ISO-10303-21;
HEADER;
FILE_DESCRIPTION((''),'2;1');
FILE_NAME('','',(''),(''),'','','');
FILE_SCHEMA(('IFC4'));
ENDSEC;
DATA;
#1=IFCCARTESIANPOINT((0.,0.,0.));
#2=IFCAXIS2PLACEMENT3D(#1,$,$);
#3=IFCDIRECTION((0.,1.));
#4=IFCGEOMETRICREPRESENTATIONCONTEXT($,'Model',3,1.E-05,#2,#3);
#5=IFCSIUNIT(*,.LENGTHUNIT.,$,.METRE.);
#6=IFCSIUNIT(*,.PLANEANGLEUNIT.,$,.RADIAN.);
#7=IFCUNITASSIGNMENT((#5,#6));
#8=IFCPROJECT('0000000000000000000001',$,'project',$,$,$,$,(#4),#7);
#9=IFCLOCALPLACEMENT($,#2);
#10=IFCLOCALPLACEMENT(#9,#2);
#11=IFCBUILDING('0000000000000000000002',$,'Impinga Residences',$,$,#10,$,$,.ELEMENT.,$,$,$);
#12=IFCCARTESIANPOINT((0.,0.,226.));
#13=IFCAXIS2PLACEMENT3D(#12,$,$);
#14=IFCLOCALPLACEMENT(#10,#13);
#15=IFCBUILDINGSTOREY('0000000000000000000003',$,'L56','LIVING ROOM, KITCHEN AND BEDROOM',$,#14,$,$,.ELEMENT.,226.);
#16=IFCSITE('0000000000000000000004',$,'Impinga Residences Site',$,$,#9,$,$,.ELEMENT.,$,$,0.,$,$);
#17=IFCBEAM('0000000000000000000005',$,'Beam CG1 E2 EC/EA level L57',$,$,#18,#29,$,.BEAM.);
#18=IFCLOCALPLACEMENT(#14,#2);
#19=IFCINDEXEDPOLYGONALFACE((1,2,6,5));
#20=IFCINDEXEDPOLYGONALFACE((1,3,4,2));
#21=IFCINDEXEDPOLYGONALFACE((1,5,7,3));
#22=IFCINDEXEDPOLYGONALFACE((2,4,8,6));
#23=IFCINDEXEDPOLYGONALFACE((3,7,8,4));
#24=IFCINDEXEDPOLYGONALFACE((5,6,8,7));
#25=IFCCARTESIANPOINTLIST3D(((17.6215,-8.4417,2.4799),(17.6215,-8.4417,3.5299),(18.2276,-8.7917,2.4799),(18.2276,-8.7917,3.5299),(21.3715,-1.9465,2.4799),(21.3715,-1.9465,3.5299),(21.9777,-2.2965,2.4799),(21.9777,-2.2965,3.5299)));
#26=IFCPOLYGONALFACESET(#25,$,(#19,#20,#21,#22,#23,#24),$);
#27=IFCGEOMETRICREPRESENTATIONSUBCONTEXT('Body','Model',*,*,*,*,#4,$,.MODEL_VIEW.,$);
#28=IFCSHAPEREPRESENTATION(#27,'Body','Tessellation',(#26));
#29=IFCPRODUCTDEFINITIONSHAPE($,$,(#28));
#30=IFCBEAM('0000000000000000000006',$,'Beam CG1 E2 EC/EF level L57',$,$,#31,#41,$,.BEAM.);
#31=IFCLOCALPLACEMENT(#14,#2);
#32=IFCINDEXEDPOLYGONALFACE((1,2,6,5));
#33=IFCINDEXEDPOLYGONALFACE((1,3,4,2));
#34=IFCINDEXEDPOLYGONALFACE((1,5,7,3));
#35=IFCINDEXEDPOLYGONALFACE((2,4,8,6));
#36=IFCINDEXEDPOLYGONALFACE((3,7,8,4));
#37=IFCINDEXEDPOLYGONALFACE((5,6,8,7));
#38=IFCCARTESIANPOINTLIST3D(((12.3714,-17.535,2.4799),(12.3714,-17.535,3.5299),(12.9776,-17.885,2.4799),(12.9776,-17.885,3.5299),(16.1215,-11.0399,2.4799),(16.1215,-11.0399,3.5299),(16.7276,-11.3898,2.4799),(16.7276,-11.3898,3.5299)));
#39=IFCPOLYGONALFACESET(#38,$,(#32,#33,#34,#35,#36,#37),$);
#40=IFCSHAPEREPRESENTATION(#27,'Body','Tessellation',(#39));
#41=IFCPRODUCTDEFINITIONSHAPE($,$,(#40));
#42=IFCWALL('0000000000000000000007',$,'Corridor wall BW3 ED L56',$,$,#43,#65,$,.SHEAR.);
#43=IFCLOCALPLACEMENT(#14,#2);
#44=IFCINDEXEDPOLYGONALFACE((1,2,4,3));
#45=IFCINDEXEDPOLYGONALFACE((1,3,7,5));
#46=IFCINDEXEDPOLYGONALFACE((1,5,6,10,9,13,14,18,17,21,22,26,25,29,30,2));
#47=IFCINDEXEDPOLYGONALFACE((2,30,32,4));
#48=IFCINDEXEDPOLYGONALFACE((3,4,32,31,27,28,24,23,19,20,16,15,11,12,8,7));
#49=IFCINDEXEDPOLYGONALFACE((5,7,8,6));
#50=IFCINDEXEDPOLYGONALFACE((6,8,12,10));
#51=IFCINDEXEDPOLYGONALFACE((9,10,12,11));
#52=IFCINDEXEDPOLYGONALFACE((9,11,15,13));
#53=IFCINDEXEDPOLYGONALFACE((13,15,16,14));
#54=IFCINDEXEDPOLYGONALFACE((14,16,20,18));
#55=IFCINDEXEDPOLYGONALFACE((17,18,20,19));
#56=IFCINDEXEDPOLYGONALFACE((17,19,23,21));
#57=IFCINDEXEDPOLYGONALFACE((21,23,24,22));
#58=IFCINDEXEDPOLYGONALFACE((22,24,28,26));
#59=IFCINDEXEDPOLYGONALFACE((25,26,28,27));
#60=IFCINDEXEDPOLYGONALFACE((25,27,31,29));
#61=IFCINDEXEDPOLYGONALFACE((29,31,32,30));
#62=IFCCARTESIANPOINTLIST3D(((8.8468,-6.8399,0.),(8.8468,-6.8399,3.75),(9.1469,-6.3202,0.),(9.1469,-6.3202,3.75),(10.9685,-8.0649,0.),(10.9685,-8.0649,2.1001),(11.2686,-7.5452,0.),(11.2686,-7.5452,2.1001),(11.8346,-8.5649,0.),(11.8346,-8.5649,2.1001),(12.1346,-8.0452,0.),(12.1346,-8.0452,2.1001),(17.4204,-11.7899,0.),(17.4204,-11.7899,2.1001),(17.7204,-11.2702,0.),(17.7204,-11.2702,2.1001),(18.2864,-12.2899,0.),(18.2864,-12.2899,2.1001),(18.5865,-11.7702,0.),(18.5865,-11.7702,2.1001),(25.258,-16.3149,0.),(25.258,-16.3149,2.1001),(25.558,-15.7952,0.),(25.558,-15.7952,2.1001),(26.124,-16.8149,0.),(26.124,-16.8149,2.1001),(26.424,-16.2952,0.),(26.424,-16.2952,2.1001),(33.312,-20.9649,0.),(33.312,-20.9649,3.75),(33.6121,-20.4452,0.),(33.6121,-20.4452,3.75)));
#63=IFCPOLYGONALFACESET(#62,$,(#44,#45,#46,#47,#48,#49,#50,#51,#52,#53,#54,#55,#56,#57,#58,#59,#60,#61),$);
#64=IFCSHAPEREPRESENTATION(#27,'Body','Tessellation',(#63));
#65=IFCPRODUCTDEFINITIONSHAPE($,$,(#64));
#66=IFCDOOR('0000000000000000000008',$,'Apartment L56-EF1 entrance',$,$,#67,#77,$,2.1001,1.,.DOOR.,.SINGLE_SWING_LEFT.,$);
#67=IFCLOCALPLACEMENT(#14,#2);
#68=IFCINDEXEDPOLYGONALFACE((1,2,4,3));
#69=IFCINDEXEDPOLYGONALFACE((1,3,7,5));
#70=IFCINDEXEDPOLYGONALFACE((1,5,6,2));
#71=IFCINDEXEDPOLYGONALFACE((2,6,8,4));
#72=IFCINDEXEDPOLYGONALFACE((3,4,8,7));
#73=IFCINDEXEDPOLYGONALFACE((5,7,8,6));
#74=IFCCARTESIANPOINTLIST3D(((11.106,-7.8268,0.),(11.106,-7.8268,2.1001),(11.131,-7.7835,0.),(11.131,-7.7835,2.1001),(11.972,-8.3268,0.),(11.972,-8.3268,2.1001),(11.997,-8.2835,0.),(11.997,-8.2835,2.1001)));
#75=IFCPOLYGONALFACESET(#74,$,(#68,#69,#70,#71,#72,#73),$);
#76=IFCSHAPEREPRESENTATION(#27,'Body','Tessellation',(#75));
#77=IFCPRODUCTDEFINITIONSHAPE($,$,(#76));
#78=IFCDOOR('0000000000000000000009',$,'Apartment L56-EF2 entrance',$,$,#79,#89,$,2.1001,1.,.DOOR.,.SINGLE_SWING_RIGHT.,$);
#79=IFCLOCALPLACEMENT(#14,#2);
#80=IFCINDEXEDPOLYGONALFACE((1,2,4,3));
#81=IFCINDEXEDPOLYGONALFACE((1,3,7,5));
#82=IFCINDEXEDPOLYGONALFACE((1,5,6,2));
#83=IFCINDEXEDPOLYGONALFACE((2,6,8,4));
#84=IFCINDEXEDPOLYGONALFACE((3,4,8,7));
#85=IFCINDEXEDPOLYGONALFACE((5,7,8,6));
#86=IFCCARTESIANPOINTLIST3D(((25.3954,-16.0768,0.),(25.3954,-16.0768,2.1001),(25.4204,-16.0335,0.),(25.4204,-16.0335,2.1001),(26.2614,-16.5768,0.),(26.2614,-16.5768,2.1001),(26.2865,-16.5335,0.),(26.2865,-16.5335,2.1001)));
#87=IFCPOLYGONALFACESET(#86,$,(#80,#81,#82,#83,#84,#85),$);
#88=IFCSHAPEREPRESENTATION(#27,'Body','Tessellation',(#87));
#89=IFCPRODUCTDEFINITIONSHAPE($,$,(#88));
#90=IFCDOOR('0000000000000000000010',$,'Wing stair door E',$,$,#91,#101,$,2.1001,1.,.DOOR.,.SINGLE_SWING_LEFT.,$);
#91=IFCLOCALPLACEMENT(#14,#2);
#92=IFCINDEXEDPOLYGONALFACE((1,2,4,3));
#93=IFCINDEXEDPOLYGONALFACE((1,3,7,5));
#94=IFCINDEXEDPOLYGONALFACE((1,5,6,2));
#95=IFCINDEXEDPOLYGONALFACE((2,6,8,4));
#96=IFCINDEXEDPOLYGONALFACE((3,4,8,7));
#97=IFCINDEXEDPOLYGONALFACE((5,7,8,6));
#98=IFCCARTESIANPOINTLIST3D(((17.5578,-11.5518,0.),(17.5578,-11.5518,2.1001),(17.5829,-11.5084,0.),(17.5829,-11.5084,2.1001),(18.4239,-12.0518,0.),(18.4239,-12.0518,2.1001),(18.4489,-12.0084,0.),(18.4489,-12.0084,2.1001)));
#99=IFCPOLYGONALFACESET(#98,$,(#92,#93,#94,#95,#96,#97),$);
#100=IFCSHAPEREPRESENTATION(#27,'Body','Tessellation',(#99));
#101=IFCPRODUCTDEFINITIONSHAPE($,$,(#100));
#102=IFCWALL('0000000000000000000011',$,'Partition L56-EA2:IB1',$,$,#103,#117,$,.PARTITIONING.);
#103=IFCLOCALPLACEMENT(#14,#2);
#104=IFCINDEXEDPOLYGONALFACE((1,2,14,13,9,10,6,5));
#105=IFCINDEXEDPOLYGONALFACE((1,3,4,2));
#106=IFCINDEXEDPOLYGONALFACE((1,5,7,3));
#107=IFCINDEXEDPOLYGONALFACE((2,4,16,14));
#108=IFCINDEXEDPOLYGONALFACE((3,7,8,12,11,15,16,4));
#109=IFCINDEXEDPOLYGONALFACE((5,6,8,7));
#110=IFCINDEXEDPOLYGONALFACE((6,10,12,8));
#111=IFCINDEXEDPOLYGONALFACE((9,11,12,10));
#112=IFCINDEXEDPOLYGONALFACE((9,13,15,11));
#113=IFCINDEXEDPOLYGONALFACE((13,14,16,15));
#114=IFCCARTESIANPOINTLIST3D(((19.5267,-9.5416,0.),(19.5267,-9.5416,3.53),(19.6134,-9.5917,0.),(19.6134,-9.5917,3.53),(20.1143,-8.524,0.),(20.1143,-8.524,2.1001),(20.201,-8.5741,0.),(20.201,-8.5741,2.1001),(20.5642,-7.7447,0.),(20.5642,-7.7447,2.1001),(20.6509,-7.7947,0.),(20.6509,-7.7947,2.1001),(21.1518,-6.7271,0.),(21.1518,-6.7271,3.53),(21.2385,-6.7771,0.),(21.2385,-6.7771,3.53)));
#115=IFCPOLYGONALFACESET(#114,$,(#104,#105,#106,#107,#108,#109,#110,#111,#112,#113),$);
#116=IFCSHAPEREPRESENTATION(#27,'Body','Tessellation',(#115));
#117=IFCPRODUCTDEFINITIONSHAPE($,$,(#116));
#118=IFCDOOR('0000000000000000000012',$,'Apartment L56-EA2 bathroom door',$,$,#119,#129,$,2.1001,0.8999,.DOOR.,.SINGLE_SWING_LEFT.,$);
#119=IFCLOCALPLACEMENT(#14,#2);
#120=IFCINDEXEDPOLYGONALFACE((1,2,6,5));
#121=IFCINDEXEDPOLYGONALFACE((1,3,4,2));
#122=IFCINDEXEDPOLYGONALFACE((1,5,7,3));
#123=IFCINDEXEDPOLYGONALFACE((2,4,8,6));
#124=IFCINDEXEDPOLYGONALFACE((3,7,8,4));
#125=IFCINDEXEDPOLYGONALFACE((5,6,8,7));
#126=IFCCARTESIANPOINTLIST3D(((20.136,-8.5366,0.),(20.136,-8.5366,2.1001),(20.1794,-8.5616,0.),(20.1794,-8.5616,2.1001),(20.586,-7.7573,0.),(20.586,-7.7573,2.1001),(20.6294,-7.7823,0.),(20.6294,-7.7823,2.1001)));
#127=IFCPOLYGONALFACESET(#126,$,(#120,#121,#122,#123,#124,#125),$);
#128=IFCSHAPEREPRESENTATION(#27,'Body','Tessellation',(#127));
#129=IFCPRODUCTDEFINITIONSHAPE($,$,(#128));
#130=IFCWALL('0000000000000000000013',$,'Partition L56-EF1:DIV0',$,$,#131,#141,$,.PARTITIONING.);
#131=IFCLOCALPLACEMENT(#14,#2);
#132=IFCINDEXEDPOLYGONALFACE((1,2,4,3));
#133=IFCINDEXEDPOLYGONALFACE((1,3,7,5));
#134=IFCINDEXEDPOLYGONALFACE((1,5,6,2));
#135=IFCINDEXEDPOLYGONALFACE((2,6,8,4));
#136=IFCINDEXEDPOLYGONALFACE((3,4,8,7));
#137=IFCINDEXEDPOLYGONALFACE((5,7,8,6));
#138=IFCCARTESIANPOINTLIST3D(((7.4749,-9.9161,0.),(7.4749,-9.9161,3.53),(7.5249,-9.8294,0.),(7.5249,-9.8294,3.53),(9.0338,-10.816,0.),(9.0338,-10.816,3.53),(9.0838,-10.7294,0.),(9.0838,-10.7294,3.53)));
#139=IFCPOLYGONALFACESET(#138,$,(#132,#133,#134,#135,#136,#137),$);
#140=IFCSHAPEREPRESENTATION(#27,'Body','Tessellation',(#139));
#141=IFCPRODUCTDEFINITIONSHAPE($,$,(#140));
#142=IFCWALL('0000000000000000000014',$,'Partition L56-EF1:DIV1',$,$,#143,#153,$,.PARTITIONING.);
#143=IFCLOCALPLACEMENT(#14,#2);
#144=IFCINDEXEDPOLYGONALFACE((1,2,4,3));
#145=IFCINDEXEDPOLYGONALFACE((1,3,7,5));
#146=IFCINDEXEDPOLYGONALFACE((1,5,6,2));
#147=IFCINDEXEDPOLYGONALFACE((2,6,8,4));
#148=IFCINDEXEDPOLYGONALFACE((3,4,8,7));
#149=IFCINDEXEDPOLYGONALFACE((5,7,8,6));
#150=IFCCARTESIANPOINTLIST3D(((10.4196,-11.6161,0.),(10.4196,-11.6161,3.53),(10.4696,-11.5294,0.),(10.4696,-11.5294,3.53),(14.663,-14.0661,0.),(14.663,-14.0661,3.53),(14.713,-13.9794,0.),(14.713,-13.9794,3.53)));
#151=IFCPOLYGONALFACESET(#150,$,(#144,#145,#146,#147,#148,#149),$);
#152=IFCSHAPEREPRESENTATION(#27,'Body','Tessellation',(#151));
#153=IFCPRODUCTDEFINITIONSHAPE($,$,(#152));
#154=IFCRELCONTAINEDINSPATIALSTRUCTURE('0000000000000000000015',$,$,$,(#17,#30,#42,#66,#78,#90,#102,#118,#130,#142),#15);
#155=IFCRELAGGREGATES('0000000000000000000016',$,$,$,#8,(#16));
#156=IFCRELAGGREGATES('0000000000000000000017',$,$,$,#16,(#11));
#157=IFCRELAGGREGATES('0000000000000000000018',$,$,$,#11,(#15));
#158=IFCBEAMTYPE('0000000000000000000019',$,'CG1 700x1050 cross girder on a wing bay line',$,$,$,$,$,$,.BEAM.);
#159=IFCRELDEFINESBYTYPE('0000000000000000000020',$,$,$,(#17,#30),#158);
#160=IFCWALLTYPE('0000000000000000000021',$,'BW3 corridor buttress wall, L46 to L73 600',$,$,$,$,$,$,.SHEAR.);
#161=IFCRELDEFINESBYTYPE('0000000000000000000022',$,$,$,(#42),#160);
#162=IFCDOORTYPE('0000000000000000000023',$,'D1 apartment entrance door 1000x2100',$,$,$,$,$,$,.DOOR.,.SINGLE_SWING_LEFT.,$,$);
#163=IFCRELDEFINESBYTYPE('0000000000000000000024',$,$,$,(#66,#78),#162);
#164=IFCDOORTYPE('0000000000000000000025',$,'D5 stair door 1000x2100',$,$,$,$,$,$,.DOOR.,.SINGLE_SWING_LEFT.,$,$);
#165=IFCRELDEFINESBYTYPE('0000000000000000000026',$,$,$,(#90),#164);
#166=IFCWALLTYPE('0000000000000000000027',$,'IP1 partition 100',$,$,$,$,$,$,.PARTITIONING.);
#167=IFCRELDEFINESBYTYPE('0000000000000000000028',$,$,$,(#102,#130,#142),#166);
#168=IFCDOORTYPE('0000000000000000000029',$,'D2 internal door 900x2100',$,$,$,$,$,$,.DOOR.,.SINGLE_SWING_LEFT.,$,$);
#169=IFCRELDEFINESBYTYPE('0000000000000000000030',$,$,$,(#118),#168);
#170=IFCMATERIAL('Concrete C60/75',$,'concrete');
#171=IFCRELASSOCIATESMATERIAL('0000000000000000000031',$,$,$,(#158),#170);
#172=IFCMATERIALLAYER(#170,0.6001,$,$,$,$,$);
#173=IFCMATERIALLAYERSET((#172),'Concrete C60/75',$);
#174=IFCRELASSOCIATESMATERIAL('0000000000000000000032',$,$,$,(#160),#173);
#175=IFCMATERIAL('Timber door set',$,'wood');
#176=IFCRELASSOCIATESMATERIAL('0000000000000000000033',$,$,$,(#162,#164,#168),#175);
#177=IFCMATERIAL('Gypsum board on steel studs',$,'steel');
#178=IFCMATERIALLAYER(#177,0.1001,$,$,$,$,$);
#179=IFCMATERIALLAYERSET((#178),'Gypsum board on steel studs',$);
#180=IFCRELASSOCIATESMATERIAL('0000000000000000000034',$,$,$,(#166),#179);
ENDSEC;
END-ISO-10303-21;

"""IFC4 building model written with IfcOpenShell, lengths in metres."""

from ifc_helpers import new_model, si_unit, direction, frame, frame_2d, origin, origin_2d, place, context, subcontext, project, spatial, rectangle, extrude, material, layer, layer_set, material_profile, profile_set, type_object, element, fill, save


model = new_model("IFC4")

# Units and contexts
model_context = context("Model", 3, precision=1e-05, world=origin(), true_north=direction((0.0, 1.0)))
body_context = subcontext(model_context, "Body", "Model", "MODEL_VIEW")
ifc_project = project(units=[si_unit("LENGTHUNIT", "METRE"), si_unit("PLANEANGLEUNIT", "RADIAN")], contexts=[model_context])

# Site, building, storey
site_placement = place(None, origin())
site = spatial("IfcSite", under=ifc_project, at=site_placement, Name="Impinga Residences Site", CompositionType="ELEMENT", RefElevation=0.0)
building_placement = place(site_placement, origin())
building = spatial("IfcBuilding", under=site, at=building_placement, Name="Impinga Residences", CompositionType="ELEMENT")
storey_placement = place(building_placement, frame((0.0, 0.0, 226.0)))
storey = spatial("IfcBuildingStorey", under=building, at=storey_placement, Name="L56", Description="LIVING ROOM, KITCHEN AND BEDROOM", CompositionType="ELEMENT", Elevation=226.0)

# Beams
ifc_material_1 = material(Name="Concrete C60/75", Category="concrete")
ifc_material_profile = material_profile(ifc_material_1, rectangle(XDim=0.7, YDim=1.05, at=origin_2d()), Name="RC 700x1050")
ifc_profile_set = profile_set([ifc_material_profile], Name="Concrete C60/75")
beam_type = type_object("IfcBeamType", Name="CG1 700x1050 cross girder on a wing bay line", PredefinedType="BEAM", material=ifc_profile_set)
for number, where, z_axis, x_axis, name in (
    (1, (17.9246, -8.6167, 3.0049), (0.500004, 0.866023, 0.0), (-0.866023, 0.500004, 0.0), "Beam CG1 E2 EC/EA level L57"),
    (2, (16.4246, -11.2148, 3.0049), (-0.500004, -0.866023, 0.0), (0.866023, -0.500004, 0.0), "Beam CG1 E2 EC/EF level L57"),
):
    element("IfcBeam", number, at=place(storey_placement, frame(where, z_axis=z_axis, x_axis=x_axis)), inside=storey, type_object=beam_type, Name=name, PredefinedType="BEAM", context=body_context, shape_type="SweptSolid", body=[
        extrude(rectangle(XDim=0.7, YDim=1.05, at=origin_2d()), origin(), (0.0, 0.0, 1.0), 7.5),
    ])

# Wall, openings, doors
ifc_layer_1 = layer(ifc_material_1, 0.6001)
ifc_layer_set_1 = layer_set([ifc_layer_1], Name="Concrete C60/75")
wall_type_1 = type_object("IfcWallType", Name="BW3 corridor buttress wall, L46 to L73 600", PredefinedType="SHEAR", material=ifc_layer_set_1)
wall_1_placement = place(storey_placement, frame((8.9968, -6.5801, 0.0), z_axis=(0.0, 0.0, 1.0), x_axis=(0.866026, -0.499998, 0.0)))
wall_1 = element("IfcWall", 3, at=wall_1_placement, inside=storey, type_object=wall_type_1, Name="Corridor wall BW3 ED L56", PredefinedType="SHEAR", context=body_context, shape_type="SweptSolid", body=[
    extrude(rectangle(XDim=28.25, YDim=0.6001, at=frame_2d((14.125, 0.0))), origin(), (0.0, 0.0, 1.0), 3.75),
])
opening_1_placement = place(wall_1_placement, frame((9.8999, 0.0, 0.0)))
opening_1 = element("IfcOpeningElement", 4, at=opening_1_placement, cuts=wall_1, PredefinedType="OPENING", context=body_context, shape_type="SweptSolid", body=[
    extrude(rectangle(XDim=1.0, YDim=2.1001, at=frame_2d((0.5, 1.05))), frame((0.0, 0.3101, 0.0), z_axis=(0.0, -1.0, 0.0), x_axis=(1.0, 0.0, 0.0)), (0.0, 0.0, 1.0), 0.6201),
])
opening_2_placement = place(wall_1_placement, frame((2.45, 0.0, 0.0)))
opening_2 = element("IfcOpeningElement", 5, at=opening_2_placement, cuts=wall_1, PredefinedType="OPENING", context=body_context, shape_type="SweptSolid", body=[
    extrude(rectangle(XDim=1.0, YDim=2.1001, at=frame_2d((0.5, 1.05))), frame((0.0, 0.3101, 0.0), z_axis=(0.0, -1.0, 0.0), x_axis=(1.0, 0.0, 0.0)), (0.0, 0.0, 1.0), 0.6201),
])
opening_3_placement = place(wall_1_placement, frame((18.95, 0.0, 0.0)))
opening_3 = element("IfcOpeningElement", 6, at=opening_3_placement, cuts=wall_1, PredefinedType="OPENING", context=body_context, shape_type="SweptSolid", body=[
    extrude(rectangle(XDim=1.0, YDim=2.1001, at=frame_2d((0.5, 1.05))), frame((0.0, 0.3101, 0.0), z_axis=(0.0, -1.0, 0.0), x_axis=(1.0, 0.0, 0.0)), (0.0, 0.0, 1.0), 0.6201),
])
ifc_material_2 = material(Name="Timber door set", Category="wood")
door_type_1 = type_object("IfcDoorType", Name="D1 apartment entrance door 1000x2100", OperationType="SINGLE_SWING_LEFT", PredefinedType="DOOR", material=ifc_material_2)
door_1_placement = place(opening_2_placement, origin())
door_1 = element("IfcDoor", 7, at=door_1_placement, inside=storey, type_object=door_type_1, Name="Apartment L56-EF1 entrance", OperationType="SINGLE_SWING_LEFT", OverallHeight=2.1001, OverallWidth=1.0, PredefinedType="DOOR", context=body_context, shape_type="SweptSolid", body=[
    extrude(rectangle(XDim=1.0, YDim=2.1001, at=frame_2d((0.5, 1.05))), frame((0.0, 0.0249, 0.0), z_axis=(0.0, -1.0, 0.0), x_axis=(1.0, 0.0, 0.0)), (0.0, 0.0, 1.0), 0.05),
])
fill(opening_2, door_1)
door_2_placement = place(opening_3_placement, origin())
door_2 = element("IfcDoor", 8, at=door_2_placement, inside=storey, type_object=door_type_1, Name="Apartment L56-EF2 entrance", OperationType="SINGLE_SWING_RIGHT", OverallHeight=2.1001, OverallWidth=1.0, PredefinedType="DOOR", context=body_context, shape_type="SweptSolid", body=[
    extrude(rectangle(XDim=1.0, YDim=2.1001, at=frame_2d((0.5, 1.05))), frame((0.0, 0.0249, 0.0), z_axis=(0.0, -1.0, 0.0), x_axis=(1.0, 0.0, 0.0)), (0.0, 0.0, 1.0), 0.05),
])
fill(opening_3, door_2)
door_type_2 = type_object("IfcDoorType", Name="D5 stair door 1000x2100", OperationType="SINGLE_SWING_LEFT", PredefinedType="DOOR", material=ifc_material_2)
door_3_placement = place(opening_1_placement, origin())
door_3 = element("IfcDoor", 9, at=door_3_placement, inside=storey, type_object=door_type_2, Name="Wing stair door E", OperationType="SINGLE_SWING_LEFT", OverallHeight=2.1001, OverallWidth=1.0, PredefinedType="DOOR", context=body_context, shape_type="SweptSolid", body=[
    extrude(rectangle(XDim=1.0, YDim=2.1001, at=frame_2d((0.5, 1.05))), frame((0.0, 0.0249, 0.0), z_axis=(0.0, -1.0, 0.0), x_axis=(1.0, 0.0, 0.0)), (0.0, 0.0, 1.0), 0.05),
])
fill(opening_1, door_3)

# Wall, opening, door
ifc_material_3 = material(Name="Gypsum board on steel studs", Category="steel")
ifc_layer_2 = layer(ifc_material_3, 0.1001)
ifc_layer_set_2 = layer_set([ifc_layer_2], Name="Gypsum board on steel studs")
wall_type_2 = type_object("IfcWallType", Name="IP1 partition 100", PredefinedType="PARTITIONING", material=ifc_layer_set_2)
wall_2_placement = place(storey_placement, frame((19.5701, -9.5667, 0.0), z_axis=(0.0, 0.0, 1.0), x_axis=(0.500017, 0.866015, 0.0)))
wall_2 = element("IfcWall", 10, at=wall_2_placement, inside=storey, type_object=wall_type_2, Name="Partition L56-EA2:IB1", PredefinedType="PARTITIONING", context=body_context, shape_type="SweptSolid", body=[
    extrude(rectangle(XDim=3.25, YDim=0.1001, at=frame_2d((1.625, 0.0))), origin(), (0.0, 0.0, 1.0), 3.53),
])
opening_4_placement = place(wall_2_placement, frame((1.175, 0.0, 0.0)))
opening_4 = element("IfcOpeningElement", 11, at=opening_4_placement, cuts=wall_2, PredefinedType="OPENING", context=body_context, shape_type="SweptSolid", body=[
    extrude(rectangle(XDim=0.8999, YDim=2.1001, at=frame_2d((0.45, 1.05))), frame((0.0, 0.0601, 0.0), z_axis=(0.0, -1.0, 0.0), x_axis=(1.0, 0.0, 0.0)), (0.0, 0.0, 1.0), 0.1201),
])
door_type_3 = type_object("IfcDoorType", Name="D2 internal door 900x2100", OperationType="SINGLE_SWING_LEFT", PredefinedType="DOOR", material=ifc_material_2)
door_4_placement = place(opening_4_placement, origin())
door_4 = element("IfcDoor", 12, at=door_4_placement, inside=storey, type_object=door_type_3, Name="Apartment L56-EA2 bathroom door", OperationType="SINGLE_SWING_LEFT", OverallHeight=2.1001, OverallWidth=0.8999, PredefinedType="DOOR", context=body_context, shape_type="SweptSolid", body=[
    extrude(rectangle(XDim=0.8999, YDim=2.1001, at=frame_2d((0.45, 1.05))), frame((0.0, 0.0249, 0.0), z_axis=(0.0, -1.0, 0.0), x_axis=(1.0, 0.0, 0.0)), (0.0, 0.0, 1.0), 0.05),
])
fill(opening_4, door_4)

# Walls
wall_3_placement = place(storey_placement, frame((7.5, -9.8728, 0.0), z_axis=(0.0, 0.0, 1.0), x_axis=(0.866048, -0.499961, 0.0)))
element("IfcWall", 13, at=wall_3_placement, inside=storey, type_object=wall_type_2, Name="Partition L56-EF1:DIV0", PredefinedType="PARTITIONING", context=body_context, shape_type="SweptSolid", body=[
    extrude(rectangle(XDim=1.8, YDim=0.1001, at=frame_2d((0.8999, 0.0))), origin(), (0.0, 0.0, 1.0), 3.53),
])
wall_4_placement = place(storey_placement, frame((10.4446, -11.5728, 0.0), z_axis=(0.0, 0.0, 1.0), x_axis=(0.866024, -0.500003, 0.0)))
element("IfcWall", 14, at=wall_4_placement, inside=storey, type_object=wall_type_2, Name="Partition L56-EF1:DIV1", PredefinedType="PARTITIONING", context=body_context, shape_type="SweptSolid", body=[
    extrude(rectangle(XDim=4.8999, YDim=0.1001, at=frame_2d((2.45, 0.0))), origin(), (0.0, 0.0, 1.0), 3.53),
])

save(model, "model.ifc")
